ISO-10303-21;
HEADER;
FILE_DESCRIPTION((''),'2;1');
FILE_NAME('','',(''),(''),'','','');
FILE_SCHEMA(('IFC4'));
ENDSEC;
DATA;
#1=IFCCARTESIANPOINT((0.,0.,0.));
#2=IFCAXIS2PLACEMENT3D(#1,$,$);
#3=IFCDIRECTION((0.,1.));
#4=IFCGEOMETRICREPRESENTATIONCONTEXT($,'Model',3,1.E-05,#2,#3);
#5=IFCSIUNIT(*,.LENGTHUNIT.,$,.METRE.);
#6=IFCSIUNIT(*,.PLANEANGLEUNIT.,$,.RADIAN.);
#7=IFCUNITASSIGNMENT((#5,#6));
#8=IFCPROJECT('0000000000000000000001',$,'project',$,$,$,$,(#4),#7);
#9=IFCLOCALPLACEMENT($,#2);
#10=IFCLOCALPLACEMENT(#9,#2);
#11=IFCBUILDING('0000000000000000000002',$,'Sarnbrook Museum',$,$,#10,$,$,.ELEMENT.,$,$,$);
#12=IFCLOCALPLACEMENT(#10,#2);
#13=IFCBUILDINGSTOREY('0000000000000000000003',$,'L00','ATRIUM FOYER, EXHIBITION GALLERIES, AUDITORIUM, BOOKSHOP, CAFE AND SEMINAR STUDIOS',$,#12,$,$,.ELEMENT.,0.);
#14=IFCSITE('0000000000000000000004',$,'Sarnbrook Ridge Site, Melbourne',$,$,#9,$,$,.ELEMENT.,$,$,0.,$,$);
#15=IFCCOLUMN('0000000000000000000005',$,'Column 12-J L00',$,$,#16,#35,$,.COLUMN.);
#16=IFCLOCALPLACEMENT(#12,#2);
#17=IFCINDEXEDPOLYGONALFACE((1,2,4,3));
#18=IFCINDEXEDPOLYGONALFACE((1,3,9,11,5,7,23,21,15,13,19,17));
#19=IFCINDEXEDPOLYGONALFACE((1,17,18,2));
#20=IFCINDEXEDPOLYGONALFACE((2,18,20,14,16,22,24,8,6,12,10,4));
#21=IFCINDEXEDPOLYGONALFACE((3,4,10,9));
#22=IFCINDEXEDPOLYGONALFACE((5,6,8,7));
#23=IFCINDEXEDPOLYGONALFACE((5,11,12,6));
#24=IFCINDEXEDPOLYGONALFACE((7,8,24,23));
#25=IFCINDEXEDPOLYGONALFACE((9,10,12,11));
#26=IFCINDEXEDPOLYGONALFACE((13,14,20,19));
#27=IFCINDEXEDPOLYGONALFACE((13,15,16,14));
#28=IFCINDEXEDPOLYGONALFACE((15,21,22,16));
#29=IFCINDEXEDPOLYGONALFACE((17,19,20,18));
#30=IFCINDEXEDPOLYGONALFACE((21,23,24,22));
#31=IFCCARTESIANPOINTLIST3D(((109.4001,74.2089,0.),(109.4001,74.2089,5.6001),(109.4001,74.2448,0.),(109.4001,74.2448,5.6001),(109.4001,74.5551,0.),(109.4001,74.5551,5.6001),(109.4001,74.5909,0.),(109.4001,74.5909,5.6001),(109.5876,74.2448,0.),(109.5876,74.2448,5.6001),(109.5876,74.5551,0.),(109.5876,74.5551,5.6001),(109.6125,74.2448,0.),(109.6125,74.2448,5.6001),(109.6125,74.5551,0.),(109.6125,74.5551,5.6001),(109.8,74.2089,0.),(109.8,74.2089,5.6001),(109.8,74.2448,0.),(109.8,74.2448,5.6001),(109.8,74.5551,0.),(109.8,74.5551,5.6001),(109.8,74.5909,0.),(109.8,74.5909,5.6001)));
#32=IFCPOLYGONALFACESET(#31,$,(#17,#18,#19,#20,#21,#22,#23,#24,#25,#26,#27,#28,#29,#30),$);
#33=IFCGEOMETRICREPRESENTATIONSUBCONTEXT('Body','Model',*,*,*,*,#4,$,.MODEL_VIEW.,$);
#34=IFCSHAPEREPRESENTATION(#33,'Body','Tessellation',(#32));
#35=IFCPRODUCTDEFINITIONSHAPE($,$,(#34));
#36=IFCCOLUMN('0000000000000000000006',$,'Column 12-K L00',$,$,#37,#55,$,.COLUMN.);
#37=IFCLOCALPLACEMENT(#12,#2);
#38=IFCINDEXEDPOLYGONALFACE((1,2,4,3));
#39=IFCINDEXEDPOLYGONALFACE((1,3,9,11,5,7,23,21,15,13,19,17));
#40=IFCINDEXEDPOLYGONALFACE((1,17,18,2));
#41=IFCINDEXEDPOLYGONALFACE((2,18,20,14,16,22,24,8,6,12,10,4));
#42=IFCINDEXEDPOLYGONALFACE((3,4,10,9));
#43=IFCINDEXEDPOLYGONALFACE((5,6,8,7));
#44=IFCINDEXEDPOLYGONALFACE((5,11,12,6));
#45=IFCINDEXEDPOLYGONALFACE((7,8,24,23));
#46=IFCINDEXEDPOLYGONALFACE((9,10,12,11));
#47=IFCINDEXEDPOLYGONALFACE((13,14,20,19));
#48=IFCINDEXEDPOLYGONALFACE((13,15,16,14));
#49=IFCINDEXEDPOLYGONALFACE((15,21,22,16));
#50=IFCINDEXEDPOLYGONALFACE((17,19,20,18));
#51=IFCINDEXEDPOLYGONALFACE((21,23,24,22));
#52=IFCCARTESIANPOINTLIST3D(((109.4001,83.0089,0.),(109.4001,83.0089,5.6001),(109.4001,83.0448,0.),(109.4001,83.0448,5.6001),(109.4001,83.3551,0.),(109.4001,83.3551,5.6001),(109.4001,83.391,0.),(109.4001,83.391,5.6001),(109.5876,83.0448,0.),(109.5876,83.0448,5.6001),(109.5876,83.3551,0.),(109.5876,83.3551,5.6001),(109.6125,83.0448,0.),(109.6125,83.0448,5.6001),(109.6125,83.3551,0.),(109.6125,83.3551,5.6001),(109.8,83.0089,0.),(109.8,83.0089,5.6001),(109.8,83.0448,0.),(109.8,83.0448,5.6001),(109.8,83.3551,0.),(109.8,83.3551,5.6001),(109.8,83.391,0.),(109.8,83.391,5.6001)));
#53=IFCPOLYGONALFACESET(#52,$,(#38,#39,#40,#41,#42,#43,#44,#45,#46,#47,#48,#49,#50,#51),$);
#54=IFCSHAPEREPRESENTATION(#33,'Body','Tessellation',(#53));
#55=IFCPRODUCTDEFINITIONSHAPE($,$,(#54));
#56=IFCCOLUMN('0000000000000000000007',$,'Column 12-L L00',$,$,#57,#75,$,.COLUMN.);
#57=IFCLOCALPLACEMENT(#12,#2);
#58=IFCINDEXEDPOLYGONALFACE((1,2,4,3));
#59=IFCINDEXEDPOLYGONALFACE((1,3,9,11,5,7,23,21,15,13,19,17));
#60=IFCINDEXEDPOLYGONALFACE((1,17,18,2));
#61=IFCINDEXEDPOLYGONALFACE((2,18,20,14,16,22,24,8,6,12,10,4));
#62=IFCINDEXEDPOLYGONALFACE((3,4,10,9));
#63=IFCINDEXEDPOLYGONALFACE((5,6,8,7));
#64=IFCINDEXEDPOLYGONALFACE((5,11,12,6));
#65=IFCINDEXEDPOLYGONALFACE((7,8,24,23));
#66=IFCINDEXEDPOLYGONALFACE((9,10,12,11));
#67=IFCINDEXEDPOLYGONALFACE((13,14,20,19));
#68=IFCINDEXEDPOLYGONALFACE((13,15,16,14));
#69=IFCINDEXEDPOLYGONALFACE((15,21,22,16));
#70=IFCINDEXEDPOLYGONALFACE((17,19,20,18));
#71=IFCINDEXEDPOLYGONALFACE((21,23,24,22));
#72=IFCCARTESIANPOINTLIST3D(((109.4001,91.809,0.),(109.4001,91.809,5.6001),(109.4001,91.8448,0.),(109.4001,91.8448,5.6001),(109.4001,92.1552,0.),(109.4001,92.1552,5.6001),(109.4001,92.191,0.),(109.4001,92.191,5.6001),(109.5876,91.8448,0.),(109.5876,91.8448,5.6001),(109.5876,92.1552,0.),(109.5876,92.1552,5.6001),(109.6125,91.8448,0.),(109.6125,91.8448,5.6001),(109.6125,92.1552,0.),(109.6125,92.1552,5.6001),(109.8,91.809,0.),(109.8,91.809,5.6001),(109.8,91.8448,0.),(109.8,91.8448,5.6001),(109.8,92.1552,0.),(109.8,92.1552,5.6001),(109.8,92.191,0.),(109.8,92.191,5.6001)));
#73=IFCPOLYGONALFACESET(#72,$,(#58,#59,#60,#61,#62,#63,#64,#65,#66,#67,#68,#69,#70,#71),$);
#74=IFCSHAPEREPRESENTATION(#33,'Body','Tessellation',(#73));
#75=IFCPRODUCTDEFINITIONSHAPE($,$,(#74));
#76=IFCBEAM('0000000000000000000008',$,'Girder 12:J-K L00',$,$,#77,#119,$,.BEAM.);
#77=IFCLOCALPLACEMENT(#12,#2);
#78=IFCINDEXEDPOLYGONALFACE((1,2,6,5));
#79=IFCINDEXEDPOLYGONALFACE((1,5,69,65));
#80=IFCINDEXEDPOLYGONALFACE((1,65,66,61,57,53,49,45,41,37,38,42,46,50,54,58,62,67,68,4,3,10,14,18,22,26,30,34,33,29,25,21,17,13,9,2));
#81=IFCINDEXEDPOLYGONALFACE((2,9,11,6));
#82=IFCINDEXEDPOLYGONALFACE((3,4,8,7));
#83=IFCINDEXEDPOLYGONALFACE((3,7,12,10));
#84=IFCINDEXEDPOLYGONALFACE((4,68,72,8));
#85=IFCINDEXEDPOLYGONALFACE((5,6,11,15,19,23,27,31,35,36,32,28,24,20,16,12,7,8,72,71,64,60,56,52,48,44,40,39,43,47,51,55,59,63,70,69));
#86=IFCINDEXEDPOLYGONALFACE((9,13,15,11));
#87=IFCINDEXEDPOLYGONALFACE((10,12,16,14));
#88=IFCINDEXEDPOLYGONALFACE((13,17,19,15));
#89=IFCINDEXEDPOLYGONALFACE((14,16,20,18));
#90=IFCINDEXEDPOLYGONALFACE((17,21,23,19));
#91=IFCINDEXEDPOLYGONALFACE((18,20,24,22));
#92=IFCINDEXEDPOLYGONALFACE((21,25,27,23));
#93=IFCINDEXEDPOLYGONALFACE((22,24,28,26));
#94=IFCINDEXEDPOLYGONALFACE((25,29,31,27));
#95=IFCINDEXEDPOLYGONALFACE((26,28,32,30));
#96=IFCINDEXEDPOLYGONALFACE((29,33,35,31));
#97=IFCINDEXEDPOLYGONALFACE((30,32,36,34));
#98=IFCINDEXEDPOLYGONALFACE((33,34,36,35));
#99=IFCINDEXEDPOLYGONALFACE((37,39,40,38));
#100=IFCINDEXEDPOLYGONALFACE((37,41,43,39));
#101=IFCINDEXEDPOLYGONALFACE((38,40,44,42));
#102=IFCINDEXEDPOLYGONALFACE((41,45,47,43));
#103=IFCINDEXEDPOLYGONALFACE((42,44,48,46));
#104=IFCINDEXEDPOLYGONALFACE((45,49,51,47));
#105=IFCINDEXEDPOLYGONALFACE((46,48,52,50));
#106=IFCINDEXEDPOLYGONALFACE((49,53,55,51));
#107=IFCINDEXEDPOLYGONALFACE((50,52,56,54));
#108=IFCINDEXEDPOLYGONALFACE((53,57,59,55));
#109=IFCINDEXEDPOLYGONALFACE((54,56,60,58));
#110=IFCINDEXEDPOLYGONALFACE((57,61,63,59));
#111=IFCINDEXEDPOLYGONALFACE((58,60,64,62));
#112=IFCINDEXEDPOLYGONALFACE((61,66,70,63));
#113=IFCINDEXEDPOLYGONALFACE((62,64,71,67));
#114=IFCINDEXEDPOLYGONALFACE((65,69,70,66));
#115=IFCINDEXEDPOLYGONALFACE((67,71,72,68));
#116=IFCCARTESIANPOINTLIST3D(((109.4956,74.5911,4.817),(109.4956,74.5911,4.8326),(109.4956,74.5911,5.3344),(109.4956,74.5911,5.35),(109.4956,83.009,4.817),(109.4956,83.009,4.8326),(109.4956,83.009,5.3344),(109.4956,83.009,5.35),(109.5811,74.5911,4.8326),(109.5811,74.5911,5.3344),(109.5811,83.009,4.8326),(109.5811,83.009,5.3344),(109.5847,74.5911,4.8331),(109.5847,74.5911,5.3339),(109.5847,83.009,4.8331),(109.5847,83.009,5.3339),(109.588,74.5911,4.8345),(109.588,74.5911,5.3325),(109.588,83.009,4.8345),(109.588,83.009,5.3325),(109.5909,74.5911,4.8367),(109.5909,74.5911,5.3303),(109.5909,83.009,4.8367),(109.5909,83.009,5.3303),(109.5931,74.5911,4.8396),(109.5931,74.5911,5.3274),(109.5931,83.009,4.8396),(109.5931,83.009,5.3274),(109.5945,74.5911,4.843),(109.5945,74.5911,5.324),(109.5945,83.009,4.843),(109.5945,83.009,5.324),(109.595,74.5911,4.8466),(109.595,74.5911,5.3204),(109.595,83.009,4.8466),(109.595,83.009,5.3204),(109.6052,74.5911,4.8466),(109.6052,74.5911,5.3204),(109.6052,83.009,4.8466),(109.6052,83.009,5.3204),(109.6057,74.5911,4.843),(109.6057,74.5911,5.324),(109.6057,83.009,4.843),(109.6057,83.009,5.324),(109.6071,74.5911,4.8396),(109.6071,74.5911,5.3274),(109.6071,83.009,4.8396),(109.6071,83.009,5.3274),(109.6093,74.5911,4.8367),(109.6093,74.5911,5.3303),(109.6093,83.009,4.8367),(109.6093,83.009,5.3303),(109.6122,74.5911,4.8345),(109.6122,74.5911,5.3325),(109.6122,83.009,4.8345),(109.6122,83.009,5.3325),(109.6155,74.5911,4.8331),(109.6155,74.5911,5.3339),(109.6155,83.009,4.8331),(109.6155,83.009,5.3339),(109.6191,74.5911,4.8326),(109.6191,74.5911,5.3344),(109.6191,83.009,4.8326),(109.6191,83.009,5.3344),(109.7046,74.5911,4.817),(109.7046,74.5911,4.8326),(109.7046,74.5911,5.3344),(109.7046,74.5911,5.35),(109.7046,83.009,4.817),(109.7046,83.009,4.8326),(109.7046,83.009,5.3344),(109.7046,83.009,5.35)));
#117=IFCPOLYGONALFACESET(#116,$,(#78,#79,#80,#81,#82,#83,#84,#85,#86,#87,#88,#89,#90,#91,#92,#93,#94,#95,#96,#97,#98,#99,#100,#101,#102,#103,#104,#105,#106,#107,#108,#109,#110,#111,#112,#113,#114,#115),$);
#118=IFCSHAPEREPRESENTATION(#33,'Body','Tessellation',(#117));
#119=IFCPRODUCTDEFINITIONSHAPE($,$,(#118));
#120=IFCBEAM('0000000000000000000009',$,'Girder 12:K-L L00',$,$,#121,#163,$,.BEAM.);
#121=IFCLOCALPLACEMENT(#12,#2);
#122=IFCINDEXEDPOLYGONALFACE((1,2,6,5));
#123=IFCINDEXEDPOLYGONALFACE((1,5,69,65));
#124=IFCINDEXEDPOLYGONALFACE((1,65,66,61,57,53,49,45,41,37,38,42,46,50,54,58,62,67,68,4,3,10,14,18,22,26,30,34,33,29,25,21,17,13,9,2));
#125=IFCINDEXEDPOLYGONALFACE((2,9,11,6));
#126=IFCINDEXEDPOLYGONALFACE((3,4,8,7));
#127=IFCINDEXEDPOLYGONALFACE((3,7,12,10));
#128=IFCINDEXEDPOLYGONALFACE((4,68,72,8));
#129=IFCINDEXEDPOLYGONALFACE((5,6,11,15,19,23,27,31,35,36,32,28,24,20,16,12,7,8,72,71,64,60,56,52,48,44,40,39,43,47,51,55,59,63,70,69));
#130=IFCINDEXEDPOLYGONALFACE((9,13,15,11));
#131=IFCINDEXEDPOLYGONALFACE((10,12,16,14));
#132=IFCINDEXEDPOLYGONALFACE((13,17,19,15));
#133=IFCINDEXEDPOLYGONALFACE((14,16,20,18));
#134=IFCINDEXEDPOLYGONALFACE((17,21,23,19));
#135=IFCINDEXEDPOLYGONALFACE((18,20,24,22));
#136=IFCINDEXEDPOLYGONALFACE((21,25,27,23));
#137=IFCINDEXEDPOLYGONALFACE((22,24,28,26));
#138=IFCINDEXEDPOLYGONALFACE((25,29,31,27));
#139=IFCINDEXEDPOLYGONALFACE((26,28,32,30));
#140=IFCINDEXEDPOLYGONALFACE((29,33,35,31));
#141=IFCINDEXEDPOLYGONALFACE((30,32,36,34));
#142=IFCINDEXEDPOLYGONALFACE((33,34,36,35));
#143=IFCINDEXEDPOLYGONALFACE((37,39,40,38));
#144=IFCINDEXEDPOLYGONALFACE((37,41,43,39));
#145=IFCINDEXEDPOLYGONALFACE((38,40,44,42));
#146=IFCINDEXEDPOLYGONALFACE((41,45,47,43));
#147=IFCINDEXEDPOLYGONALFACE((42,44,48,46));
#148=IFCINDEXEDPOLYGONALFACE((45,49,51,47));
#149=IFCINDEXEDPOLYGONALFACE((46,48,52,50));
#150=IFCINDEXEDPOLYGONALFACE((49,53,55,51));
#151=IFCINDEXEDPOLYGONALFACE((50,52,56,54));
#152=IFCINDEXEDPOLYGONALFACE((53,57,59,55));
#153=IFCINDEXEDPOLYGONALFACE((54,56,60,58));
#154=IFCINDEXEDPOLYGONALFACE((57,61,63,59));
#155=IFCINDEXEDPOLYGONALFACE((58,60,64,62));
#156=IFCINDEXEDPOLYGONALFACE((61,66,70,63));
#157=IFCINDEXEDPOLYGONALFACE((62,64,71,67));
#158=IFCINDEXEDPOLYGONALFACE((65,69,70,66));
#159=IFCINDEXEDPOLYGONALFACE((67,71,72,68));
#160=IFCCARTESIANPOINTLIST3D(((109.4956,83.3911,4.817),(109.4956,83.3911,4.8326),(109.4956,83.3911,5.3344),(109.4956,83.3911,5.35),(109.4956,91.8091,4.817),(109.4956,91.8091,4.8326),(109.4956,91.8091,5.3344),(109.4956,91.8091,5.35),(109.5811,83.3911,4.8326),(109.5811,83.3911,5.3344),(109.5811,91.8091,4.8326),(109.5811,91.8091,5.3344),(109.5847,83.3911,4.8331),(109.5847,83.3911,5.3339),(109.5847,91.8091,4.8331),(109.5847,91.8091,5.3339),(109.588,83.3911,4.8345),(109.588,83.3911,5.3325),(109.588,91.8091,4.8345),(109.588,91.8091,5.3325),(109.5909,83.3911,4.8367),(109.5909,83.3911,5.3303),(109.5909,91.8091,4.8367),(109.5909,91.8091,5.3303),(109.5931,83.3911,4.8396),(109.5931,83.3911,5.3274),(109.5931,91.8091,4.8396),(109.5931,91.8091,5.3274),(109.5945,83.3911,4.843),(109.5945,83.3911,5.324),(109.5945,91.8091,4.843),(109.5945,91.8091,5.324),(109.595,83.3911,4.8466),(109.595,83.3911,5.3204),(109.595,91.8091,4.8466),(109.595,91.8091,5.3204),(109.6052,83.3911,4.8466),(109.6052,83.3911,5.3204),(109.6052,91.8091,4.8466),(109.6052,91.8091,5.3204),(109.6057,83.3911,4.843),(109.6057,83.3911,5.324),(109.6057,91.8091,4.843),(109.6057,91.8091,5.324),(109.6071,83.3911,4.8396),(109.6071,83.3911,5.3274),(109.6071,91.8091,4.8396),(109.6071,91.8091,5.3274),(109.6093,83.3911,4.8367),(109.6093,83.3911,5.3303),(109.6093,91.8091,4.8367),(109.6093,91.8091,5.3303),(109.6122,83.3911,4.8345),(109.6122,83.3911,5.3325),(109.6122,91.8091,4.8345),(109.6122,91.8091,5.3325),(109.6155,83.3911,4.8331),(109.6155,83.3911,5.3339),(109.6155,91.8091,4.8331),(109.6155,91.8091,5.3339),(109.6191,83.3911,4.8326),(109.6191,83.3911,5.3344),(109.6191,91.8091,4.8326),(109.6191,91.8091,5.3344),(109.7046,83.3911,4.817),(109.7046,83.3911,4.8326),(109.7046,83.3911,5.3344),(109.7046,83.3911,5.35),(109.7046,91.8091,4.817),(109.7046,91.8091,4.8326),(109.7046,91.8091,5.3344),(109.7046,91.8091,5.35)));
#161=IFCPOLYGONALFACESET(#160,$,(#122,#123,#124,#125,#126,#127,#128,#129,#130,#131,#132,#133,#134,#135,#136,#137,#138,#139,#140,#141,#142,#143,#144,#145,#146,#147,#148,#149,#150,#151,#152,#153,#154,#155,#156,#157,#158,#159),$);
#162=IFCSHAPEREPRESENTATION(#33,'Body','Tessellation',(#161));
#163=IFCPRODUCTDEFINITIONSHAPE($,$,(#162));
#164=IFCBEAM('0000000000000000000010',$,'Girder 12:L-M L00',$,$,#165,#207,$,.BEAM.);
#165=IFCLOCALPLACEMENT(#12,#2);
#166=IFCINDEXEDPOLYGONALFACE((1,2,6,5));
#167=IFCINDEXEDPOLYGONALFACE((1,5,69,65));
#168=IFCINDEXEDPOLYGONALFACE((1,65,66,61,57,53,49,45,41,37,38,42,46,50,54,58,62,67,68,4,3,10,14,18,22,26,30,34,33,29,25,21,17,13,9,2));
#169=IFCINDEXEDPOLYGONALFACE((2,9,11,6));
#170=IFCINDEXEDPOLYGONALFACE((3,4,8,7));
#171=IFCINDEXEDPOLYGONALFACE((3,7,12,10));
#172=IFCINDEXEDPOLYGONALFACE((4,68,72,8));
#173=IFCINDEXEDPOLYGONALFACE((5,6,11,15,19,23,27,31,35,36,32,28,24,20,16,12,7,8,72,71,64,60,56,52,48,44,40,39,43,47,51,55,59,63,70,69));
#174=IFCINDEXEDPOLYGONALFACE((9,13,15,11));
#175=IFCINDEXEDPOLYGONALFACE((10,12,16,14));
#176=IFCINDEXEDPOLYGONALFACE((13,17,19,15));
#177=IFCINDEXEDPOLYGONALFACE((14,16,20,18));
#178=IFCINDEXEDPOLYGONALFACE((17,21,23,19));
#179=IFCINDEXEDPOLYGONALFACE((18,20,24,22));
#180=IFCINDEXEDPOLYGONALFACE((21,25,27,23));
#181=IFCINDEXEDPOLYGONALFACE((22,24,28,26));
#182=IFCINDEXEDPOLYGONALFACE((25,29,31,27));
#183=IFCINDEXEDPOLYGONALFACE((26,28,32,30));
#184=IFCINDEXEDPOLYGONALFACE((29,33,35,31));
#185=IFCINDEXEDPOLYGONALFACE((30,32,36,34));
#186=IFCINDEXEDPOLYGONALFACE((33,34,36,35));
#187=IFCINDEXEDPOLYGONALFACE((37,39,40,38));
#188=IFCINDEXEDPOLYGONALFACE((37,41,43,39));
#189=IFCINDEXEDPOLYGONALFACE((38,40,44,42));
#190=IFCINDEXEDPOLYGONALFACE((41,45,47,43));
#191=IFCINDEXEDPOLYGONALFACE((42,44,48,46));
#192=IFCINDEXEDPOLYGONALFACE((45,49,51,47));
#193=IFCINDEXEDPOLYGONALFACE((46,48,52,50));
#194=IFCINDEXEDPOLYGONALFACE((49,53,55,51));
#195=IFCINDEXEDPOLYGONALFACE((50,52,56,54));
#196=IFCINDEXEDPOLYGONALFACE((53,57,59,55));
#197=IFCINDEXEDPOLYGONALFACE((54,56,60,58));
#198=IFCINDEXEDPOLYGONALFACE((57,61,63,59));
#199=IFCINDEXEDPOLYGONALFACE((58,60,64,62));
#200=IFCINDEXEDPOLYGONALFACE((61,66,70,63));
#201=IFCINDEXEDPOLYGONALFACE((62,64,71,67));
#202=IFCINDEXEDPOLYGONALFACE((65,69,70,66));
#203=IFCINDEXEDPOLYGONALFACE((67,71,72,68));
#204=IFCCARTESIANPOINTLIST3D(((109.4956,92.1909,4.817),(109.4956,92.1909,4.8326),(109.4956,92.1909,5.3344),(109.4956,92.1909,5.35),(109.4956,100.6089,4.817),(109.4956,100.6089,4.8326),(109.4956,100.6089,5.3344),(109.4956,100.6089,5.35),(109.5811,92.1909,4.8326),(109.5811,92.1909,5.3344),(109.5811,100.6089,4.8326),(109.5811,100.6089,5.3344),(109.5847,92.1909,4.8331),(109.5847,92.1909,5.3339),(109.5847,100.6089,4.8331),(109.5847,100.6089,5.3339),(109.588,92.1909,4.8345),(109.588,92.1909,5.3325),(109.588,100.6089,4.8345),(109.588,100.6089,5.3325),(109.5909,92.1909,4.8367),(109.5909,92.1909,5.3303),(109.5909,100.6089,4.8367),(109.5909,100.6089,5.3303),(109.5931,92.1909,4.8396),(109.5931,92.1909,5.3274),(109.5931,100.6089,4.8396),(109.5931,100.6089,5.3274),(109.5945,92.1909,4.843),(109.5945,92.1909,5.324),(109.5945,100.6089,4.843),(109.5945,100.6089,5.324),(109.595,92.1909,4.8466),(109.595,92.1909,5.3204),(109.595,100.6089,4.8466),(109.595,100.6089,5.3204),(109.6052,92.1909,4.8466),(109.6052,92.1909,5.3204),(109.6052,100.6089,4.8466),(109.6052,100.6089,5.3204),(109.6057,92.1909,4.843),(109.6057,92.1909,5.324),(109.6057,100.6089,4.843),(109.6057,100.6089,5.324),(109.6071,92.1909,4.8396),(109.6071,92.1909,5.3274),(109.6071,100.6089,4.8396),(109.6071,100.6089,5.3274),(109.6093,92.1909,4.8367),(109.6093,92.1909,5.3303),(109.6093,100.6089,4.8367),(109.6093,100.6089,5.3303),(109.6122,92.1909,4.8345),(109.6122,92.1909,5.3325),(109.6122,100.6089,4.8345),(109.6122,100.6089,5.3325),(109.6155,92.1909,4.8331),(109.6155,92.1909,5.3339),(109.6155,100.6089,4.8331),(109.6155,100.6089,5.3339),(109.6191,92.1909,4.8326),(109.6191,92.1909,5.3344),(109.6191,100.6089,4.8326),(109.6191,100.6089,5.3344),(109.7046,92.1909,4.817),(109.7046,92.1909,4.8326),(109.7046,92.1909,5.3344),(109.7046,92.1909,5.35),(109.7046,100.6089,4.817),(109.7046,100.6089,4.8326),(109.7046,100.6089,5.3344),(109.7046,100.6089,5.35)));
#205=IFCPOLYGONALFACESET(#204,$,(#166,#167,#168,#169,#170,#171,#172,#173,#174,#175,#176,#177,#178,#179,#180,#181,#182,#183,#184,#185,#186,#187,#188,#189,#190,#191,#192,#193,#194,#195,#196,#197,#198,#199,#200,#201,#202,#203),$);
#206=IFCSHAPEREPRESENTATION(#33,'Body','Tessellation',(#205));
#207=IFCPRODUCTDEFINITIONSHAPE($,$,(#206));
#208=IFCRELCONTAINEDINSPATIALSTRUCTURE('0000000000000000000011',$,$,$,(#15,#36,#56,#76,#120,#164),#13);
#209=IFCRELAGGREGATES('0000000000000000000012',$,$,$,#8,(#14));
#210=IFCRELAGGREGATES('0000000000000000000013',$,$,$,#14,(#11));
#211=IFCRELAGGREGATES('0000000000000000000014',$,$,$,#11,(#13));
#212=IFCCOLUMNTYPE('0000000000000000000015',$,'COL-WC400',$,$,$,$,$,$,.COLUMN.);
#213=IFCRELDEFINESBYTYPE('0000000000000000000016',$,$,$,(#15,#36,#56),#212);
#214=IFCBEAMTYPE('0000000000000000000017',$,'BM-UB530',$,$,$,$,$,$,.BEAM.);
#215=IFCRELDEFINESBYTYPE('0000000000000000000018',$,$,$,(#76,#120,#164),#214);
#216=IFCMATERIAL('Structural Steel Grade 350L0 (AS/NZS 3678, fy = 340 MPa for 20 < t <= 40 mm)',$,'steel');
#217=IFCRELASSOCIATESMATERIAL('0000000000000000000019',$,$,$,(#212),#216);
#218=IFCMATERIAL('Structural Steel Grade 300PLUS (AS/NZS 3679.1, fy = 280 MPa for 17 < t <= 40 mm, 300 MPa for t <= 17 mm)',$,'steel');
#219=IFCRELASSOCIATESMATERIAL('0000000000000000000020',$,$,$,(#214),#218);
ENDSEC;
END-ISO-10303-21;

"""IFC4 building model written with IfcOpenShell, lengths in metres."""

from ifc_helpers import new_model, si_unit, direction, frame, origin, origin_2d, place, context, subcontext, project, spatial, i_section, extrude, material, material_profile, profile_set, type_object, element, save


model = new_model("IFC4")

# Units and contexts
model_context = context("Model", 3, precision=1e-05, world=origin(), true_north=direction((0.0, 1.0)))
body_context = subcontext(model_context, "Body", "Model", "MODEL_VIEW")
ifc_project = project(units=[si_unit("LENGTHUNIT", "METRE"), si_unit("PLANEANGLEUNIT", "RADIAN")], contexts=[model_context])

# Site, building, storey
site_placement = place(None, origin())
site = spatial("IfcSite", under=ifc_project, at=site_placement, Name="Sarnbrook Ridge Site, Melbourne", CompositionType="ELEMENT", RefElevation=0.0)
building_placement = place(site_placement, origin())
building = spatial("IfcBuilding", under=site, at=building_placement, Name="Sarnbrook Museum", CompositionType="ELEMENT")
storey_placement = place(building_placement, origin())
storey = spatial("IfcBuildingStorey", under=building, at=storey_placement, Name="L00", Description="ATRIUM FOYER, EXHIBITION GALLERIES, AUDITORIUM, BOOKSHOP, CAFE AND SEMINAR STUDIOS", CompositionType="ELEMENT", Elevation=0.0)

# Columns
ifc_material_1 = material(Name="Structural Steel Grade 350L0 (AS/NZS 3678, fy = 340 MPa for 20 < t <= 40 mm)", Category="steel")
ifc_material_profile_1 = material_profile(ifc_material_1, i_section(OverallWidth=0.3999, OverallDepth=0.3821, WebThickness=0.0249, FlangeThickness=0.0359, at=origin_2d()), Name="400WC270")
ifc_profile_set_1 = profile_set([ifc_material_profile_1], Name="Structural Steel Grade 350L0 (AS/NZS 3678, fy = 340 MPa for 20 < t <= 40 mm)")
column_type = type_object("IfcColumnType", Name="COL-WC400", PredefinedType="COLUMN", material=ifc_profile_set_1)
for number, where, z_axis, x_axis, name in (
    (1, (109.6001, 74.3999, 0.0), (0.0, 0.0, 1.0), (1.0, 0.0, 0.0), "Column 12-J L00"),
    (2, (109.6001, 83.2, 0.0), (0.0, 0.0, 1.0), (1.0, 0.0, 0.0), "Column 12-K L00"),
    (3, (109.6001, 92.0, 0.0), (0.0, 0.0, 1.0), (1.0, 0.0, 0.0), "Column 12-L L00"),
):
    element("IfcColumn", number, at=place(storey_placement, frame(where, z_axis=z_axis, x_axis=x_axis)), inside=storey, type_object=column_type, Name=name, PredefinedType="COLUMN", context=body_context, shape_type="SweptSolid", body=[
        extrude(i_section(OverallWidth=0.3999, OverallDepth=0.3821, WebThickness=0.0249, FlangeThickness=0.0359, at=origin_2d()), origin(), (0.0, 0.0, 1.0), 5.6001),
    ])

# Beams
ifc_material_2 = material(Name="Structural Steel Grade 300PLUS (AS/NZS 3679.1, fy = 280 MPa for 17 < t <= 40 mm, 300 MPa for t <= 17 mm)", Category="steel")
ifc_material_profile_2 = material_profile(ifc_material_2, i_section(OverallWidth=0.209, OverallDepth=0.533, WebThickness=0.0103, FlangeThickness=0.0156, FilletRadius=0.0139, at=origin_2d()), Name="530UB92.4")
ifc_profile_set_2 = profile_set([ifc_material_profile_2], Name="Structural Steel Grade 300PLUS (AS/NZS 3679.1, fy = 280 MPa for 17 < t <= 40 mm, 300 MPa for t <= 17 mm)")
beam_type_1 = type_object("IfcBeamType", Name="BM-UB530", PredefinedType="BEAM", material=ifc_profile_set_2)
for number, where, z_axis, x_axis, name in (
    (4, (109.6001, 74.5911, 5.0835), (0.0, 1.0, 0.0), (-1.0, 0.0, 0.0), "Girder 12:J-K L00"),
    (5, (109.6001, 83.3911, 5.0835), (0.0, 1.0, 0.0), (-1.0, 0.0, 0.0), "Girder 12:K-L L00"),
    (6, (109.6001, 92.1909, 5.0835), (0.0, 1.0, 0.0), (-1.0, 0.0, 0.0), "Girder 12:L-M L00"),
):
    element("IfcBeam", number, at=place(storey_placement, frame(where, z_axis=z_axis, x_axis=x_axis)), inside=storey, type_object=beam_type_1, Name=name, PredefinedType="BEAM", context=body_context, shape_type="SweptSolid", body=[
        extrude(i_section(OverallWidth=0.209, OverallDepth=0.533, WebThickness=0.0103, FlangeThickness=0.0156, FilletRadius=0.0139, at=origin_2d()), origin(), (0.0, 0.0, 1.0), 8.418),
    ])

save(model, "model.ifc")
